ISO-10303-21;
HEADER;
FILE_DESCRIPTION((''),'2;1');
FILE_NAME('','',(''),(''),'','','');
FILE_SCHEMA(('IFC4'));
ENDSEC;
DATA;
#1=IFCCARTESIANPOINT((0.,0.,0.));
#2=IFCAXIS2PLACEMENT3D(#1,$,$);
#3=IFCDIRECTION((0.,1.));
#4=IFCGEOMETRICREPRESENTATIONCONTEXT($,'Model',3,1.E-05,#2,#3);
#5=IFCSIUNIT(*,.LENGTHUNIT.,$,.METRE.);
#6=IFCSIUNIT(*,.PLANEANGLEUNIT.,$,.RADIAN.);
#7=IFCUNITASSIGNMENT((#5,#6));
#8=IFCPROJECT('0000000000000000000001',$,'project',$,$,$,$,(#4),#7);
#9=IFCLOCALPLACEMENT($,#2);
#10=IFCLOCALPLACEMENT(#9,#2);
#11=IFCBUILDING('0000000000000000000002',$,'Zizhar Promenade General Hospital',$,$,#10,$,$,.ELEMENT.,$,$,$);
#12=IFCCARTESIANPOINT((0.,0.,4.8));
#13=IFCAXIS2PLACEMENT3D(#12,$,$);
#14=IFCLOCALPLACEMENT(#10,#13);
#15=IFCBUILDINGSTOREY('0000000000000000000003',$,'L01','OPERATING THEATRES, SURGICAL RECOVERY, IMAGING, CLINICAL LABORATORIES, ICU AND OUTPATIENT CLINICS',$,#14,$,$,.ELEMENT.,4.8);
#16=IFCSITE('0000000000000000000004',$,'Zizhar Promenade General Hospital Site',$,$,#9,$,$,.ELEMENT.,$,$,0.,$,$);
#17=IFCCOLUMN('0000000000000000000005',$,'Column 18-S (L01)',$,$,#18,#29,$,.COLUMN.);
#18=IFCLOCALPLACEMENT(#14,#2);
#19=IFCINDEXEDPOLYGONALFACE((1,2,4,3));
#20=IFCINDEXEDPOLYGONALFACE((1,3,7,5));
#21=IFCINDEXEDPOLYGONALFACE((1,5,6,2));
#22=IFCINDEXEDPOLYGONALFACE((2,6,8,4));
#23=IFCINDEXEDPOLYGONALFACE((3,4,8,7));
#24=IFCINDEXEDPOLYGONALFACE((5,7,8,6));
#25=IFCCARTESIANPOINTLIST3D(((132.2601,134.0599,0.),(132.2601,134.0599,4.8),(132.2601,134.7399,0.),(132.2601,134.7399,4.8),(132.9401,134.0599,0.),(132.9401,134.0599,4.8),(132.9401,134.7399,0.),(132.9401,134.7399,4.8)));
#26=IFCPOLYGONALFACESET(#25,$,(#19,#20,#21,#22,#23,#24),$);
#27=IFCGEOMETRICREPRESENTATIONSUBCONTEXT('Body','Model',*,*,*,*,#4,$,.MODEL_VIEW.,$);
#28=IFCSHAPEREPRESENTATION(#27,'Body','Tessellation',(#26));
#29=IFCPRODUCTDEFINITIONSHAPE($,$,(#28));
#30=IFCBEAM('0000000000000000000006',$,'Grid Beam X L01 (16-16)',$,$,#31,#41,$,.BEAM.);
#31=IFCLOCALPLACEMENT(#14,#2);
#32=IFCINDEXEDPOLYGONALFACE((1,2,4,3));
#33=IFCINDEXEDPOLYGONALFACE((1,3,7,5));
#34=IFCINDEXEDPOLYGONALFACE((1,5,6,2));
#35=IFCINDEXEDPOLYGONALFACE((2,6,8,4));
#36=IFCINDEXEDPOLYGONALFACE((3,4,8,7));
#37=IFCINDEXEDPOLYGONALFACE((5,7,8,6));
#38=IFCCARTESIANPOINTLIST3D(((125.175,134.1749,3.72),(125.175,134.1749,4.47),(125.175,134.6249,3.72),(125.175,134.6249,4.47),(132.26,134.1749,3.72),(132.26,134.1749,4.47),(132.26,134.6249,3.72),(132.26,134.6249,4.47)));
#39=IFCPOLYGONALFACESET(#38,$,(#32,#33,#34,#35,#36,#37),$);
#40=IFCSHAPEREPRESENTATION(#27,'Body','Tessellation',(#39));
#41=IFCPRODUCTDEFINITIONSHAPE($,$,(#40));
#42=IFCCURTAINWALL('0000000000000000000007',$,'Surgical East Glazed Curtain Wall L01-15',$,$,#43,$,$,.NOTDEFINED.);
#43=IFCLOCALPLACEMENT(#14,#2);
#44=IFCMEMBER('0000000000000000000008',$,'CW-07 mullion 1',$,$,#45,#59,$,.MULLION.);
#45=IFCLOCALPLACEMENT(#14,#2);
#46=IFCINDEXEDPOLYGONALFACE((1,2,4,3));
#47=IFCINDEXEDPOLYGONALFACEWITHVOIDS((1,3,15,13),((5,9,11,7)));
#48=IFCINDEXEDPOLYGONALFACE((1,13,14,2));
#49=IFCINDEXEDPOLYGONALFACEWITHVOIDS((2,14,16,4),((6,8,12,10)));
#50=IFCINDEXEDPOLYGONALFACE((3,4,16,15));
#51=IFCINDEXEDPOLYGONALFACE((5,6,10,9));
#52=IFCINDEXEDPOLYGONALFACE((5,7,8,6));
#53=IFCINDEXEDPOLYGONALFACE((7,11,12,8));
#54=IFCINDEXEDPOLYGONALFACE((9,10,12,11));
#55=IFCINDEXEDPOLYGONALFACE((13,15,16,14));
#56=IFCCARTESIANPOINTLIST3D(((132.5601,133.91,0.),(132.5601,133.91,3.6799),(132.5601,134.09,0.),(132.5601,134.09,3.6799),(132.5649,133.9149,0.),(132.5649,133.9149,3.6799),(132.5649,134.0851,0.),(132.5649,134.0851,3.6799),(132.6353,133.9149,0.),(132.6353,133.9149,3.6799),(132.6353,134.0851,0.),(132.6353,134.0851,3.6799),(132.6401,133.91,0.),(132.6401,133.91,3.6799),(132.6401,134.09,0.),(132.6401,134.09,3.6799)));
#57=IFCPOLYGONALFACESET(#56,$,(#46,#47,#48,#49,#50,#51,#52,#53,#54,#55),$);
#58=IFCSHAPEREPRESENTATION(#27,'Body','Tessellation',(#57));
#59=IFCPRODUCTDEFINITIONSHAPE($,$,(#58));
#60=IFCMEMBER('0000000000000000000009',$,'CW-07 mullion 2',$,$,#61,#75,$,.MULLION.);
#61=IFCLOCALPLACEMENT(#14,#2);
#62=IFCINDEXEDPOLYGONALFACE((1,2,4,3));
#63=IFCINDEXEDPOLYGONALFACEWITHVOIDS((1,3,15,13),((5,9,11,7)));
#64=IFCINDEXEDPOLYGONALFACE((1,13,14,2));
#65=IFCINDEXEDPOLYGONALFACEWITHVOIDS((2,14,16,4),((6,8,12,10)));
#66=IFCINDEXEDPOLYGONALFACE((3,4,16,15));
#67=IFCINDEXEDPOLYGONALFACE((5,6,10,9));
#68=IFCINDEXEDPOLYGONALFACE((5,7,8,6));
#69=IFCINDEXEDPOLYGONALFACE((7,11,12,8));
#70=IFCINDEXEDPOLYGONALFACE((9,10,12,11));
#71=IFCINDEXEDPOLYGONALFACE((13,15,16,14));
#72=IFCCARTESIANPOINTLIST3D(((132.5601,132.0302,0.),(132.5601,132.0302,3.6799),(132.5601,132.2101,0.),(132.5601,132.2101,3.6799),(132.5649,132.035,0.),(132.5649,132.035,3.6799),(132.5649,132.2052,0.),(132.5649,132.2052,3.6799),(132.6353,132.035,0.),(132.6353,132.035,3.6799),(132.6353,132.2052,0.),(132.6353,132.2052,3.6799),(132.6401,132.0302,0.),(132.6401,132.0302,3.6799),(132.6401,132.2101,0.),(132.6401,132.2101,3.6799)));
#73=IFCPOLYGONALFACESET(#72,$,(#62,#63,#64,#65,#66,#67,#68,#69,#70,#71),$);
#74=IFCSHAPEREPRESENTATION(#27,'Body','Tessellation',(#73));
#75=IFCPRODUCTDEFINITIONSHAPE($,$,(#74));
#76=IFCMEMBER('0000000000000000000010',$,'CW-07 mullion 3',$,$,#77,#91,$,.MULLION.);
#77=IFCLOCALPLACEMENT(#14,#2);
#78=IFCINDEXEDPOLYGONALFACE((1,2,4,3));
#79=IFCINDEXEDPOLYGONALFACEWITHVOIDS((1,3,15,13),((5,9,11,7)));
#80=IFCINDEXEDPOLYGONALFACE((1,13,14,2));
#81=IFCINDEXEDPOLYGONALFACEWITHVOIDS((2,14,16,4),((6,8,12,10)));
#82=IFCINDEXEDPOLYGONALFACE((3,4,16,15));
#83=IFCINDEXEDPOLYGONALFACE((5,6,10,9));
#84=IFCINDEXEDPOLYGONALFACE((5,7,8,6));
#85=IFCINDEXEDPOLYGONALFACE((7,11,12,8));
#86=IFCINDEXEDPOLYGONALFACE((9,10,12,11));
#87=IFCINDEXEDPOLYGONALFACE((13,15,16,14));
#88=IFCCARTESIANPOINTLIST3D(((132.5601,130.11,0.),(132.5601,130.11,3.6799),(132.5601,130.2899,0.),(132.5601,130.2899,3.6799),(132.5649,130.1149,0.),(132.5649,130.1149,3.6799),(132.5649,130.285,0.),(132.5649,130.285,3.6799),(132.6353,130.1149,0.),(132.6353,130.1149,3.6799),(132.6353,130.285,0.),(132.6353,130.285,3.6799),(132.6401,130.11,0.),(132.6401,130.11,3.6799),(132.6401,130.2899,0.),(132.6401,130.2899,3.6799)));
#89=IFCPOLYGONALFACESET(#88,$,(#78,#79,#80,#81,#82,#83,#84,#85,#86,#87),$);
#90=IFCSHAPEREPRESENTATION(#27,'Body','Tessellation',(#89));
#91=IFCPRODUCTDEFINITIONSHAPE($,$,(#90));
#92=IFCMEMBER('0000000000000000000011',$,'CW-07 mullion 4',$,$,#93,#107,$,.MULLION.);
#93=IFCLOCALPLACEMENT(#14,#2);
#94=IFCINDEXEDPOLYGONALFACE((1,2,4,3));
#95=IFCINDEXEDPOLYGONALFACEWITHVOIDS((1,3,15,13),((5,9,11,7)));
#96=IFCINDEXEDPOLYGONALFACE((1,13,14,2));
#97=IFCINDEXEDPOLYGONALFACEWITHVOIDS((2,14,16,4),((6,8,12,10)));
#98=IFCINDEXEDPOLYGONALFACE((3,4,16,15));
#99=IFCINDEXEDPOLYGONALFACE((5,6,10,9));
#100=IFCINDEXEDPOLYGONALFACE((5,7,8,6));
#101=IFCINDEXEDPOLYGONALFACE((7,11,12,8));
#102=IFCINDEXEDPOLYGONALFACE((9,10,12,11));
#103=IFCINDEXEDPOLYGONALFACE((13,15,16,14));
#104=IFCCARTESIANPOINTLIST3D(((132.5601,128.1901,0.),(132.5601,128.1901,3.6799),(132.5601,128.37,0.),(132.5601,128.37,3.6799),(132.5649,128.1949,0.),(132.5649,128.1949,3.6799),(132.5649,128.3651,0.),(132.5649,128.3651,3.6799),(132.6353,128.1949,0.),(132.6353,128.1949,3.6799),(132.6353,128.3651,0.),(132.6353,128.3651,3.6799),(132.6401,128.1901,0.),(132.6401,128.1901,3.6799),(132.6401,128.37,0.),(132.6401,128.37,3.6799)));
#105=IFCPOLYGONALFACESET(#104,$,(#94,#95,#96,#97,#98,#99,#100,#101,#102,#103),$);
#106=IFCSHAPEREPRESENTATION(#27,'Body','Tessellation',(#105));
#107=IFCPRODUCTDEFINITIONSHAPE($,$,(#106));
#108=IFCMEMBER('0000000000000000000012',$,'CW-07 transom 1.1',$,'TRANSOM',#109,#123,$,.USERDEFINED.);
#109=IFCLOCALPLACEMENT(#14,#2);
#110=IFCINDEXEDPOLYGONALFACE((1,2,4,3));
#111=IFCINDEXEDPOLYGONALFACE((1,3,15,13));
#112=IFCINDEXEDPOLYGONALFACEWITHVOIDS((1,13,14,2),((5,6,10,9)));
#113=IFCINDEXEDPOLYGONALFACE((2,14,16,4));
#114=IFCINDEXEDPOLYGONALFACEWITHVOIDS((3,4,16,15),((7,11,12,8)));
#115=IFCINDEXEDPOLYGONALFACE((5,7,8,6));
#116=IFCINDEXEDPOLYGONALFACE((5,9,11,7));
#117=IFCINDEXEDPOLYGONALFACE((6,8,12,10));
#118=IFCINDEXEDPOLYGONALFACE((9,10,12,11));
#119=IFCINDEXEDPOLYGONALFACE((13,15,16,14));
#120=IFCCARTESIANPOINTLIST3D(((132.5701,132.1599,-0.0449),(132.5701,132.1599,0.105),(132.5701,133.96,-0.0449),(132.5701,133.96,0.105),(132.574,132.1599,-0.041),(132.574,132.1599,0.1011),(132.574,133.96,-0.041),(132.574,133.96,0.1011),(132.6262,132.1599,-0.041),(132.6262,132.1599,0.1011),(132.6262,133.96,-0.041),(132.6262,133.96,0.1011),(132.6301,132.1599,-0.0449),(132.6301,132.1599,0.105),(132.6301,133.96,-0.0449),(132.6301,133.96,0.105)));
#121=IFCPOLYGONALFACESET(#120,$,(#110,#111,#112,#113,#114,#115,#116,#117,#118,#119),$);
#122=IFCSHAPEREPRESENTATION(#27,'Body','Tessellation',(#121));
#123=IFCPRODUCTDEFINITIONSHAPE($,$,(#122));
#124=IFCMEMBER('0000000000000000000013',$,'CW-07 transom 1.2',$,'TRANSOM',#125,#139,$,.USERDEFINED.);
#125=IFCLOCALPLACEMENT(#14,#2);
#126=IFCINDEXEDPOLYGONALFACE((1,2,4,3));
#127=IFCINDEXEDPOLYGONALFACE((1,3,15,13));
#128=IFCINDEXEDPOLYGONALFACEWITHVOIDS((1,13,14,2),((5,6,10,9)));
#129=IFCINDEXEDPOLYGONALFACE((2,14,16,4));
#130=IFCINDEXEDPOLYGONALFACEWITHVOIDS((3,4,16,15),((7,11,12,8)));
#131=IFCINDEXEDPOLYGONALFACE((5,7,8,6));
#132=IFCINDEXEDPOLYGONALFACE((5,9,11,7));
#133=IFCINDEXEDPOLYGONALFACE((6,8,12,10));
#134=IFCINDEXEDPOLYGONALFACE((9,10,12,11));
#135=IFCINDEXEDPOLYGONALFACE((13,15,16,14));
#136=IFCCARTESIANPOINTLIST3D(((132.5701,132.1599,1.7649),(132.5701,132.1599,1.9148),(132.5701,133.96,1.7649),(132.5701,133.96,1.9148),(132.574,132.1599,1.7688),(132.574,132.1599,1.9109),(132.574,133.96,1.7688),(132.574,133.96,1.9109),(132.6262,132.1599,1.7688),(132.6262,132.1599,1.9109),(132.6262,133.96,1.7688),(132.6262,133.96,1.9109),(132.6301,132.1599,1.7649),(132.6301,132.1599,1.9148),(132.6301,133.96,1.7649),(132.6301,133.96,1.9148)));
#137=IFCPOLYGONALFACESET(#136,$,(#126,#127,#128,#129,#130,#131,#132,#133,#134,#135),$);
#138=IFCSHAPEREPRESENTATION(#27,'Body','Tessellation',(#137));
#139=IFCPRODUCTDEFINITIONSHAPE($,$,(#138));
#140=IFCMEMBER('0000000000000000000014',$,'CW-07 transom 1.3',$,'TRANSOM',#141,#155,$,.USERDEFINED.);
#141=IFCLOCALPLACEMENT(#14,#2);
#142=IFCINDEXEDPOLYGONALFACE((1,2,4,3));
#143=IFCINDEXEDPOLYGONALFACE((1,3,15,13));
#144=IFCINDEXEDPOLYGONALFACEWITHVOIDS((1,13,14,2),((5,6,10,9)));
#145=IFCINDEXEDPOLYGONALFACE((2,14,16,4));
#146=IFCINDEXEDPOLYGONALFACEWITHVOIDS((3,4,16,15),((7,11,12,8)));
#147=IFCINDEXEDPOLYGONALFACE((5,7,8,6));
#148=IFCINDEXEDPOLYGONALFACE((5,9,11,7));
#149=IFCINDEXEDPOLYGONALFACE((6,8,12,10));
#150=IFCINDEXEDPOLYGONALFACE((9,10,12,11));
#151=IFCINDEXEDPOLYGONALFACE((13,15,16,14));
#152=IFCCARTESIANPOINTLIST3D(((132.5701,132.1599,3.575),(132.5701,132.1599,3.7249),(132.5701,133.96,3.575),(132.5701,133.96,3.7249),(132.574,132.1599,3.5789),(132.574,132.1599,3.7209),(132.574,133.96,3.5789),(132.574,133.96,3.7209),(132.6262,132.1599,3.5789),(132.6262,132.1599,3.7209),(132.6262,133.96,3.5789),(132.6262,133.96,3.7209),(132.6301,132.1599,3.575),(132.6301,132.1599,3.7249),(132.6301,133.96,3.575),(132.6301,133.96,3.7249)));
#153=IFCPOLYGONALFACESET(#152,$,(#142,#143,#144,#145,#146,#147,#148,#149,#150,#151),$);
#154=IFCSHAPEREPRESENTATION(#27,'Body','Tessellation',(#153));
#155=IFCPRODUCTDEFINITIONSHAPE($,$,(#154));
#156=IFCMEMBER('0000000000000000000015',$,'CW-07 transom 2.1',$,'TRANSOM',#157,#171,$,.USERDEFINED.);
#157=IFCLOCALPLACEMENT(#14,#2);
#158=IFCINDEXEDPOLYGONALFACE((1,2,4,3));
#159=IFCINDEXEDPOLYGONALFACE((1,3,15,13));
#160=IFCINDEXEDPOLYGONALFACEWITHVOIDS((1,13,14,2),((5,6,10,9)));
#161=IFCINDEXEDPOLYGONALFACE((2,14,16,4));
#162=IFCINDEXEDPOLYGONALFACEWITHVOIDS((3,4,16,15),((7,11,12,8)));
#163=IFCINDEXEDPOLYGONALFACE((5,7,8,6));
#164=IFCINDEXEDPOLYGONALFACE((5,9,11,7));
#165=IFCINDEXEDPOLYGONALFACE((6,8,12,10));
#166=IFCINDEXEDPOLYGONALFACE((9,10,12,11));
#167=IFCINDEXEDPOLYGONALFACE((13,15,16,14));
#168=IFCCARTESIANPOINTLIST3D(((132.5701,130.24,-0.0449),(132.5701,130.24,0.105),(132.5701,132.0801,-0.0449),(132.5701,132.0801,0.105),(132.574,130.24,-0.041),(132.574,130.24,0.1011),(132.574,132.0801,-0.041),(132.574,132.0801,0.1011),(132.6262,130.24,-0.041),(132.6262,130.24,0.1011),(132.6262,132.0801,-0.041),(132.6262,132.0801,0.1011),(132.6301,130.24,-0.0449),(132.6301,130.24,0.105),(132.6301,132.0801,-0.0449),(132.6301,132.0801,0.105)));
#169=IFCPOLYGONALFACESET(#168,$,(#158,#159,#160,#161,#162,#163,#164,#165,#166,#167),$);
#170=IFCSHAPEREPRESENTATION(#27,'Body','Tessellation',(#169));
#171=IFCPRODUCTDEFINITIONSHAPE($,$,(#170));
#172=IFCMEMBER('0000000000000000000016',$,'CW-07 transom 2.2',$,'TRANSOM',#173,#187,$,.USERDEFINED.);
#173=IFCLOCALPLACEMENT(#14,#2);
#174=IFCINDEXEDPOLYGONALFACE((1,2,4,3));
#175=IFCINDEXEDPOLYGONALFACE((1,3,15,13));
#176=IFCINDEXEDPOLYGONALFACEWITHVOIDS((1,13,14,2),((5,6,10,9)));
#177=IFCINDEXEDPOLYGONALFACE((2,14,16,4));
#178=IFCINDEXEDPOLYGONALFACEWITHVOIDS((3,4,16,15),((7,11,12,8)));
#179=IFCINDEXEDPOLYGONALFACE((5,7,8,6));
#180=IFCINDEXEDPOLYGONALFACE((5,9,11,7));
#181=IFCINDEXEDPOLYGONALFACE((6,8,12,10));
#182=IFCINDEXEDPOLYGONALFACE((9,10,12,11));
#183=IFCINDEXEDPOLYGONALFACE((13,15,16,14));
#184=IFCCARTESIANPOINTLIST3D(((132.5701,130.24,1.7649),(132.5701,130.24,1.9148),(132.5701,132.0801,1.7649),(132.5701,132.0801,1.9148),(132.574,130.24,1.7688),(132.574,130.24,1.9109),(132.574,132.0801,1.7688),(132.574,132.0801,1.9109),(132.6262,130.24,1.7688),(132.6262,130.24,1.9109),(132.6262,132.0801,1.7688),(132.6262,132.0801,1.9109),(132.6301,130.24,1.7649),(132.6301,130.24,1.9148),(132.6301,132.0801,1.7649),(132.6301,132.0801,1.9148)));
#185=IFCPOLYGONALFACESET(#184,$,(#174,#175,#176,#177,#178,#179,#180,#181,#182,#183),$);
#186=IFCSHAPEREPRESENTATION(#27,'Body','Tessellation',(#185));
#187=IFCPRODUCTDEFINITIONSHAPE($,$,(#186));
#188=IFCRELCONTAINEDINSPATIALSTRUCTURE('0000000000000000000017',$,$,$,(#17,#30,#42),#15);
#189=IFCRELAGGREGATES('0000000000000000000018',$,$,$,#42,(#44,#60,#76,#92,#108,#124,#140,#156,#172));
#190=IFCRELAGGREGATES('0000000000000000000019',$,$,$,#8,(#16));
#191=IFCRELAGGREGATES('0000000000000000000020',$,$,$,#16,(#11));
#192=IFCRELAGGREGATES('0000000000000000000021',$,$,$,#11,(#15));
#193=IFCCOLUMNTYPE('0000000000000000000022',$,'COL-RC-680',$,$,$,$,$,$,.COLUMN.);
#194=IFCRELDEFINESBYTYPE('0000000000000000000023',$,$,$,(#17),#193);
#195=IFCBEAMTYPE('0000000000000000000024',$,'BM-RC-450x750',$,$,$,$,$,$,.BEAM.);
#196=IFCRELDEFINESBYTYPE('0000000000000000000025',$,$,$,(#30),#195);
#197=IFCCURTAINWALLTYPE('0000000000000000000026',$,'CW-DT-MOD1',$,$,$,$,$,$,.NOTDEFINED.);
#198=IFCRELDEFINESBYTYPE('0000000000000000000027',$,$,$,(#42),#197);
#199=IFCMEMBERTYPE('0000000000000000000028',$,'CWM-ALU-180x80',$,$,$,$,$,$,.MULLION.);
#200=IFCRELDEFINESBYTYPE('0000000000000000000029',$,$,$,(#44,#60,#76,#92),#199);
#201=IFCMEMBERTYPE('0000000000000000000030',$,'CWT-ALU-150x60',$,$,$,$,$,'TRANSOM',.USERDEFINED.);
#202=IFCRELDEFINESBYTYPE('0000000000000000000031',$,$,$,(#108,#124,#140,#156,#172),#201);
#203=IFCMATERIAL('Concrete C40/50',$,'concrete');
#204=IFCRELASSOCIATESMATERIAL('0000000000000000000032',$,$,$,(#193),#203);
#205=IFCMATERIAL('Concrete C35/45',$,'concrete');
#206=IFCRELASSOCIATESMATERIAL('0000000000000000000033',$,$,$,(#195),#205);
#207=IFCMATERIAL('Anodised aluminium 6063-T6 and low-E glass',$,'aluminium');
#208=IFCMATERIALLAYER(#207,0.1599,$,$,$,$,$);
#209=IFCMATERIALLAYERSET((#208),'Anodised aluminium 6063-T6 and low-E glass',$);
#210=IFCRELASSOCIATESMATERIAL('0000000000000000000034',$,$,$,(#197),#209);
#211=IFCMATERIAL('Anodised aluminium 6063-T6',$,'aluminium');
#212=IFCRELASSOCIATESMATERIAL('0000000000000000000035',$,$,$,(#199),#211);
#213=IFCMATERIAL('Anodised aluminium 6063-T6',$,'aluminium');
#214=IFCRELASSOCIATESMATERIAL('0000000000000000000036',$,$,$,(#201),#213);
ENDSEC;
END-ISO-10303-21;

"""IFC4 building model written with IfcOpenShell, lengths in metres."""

from ifc_helpers import new_model, si_unit, direction, frame, origin, origin_2d, place, context, subcontext, project, spatial, rectangle, hollow_rectangle, extrude, material, layer, layer_set, material_profile, profile_set, type_object, element, aggregate, save


model = new_model("IFC4")

# Units and contexts
model_context = context("Model", 3, precision=1e-05, world=origin(), true_north=direction((0.0, 1.0)))
body_context = subcontext(model_context, "Body", "Model", "MODEL_VIEW")
ifc_project = project(units=[si_unit("LENGTHUNIT", "METRE"), si_unit("PLANEANGLEUNIT", "RADIAN")], contexts=[model_context])

# Site, building, storey
site_placement = place(None, origin())
site = spatial("IfcSite", under=ifc_project, at=site_placement, Name="Zizhar Promenade General Hospital Site", CompositionType="ELEMENT", RefElevation=0.0)
building_placement = place(site_placement, origin())
building = spatial("IfcBuilding", under=site, at=building_placement, Name="Zizhar Promenade General Hospital", CompositionType="ELEMENT")
storey_placement = place(building_placement, frame((0.0, 0.0, 4.8)))
storey = spatial("IfcBuildingStorey", under=building, at=storey_placement, Name="L01", Description="OPERATING THEATRES, SURGICAL RECOVERY, IMAGING, CLINICAL LABORATORIES, ICU AND OUTPATIENT CLINICS", CompositionType="ELEMENT", Elevation=4.8)

# Column
ifc_material_1 = material(Name="Concrete C40/50", Category="concrete")
ifc_material_profile_1 = material_profile(ifc_material_1, rectangle(XDim=0.6799, YDim=0.6799, at=origin_2d()))
ifc_profile_set_1 = profile_set([ifc_material_profile_1], Name="Concrete C40/50")
column_type = type_object("IfcColumnType", Name="COL-RC-680", PredefinedType="COLUMN", material=ifc_profile_set_1)
column_placement = place(storey_placement, frame((132.6001, 134.3999, 0.0), z_axis=(0.0, 0.0, 1.0), x_axis=(1.0, 0.0, 0.0)))
element("IfcColumn", 1, at=column_placement, inside=storey, type_object=column_type, Name="Column 18-S (L01)", PredefinedType="COLUMN", context=body_context, shape_type="SweptSolid", body=[
    extrude(rectangle(XDim=0.6799, YDim=0.6799, at=origin_2d()), origin(), (0.0, 0.0, 1.0), 4.8),
])

# Beam
ifc_material_2 = material(Name="Concrete C35/45", Category="concrete")
ifc_material_profile_2 = material_profile(ifc_material_2, rectangle(XDim=0.45, YDim=0.75, at=origin_2d()))
ifc_profile_set_2 = profile_set([ifc_material_profile_2], Name="Concrete C35/45")
beam_type = type_object("IfcBeamType", Name="BM-RC-450x750", PredefinedType="BEAM", material=ifc_profile_set_2)
beam_placement = place(storey_placement, frame((125.175, 134.3999, 4.095), z_axis=(1.0, 0.0, 0.0), x_axis=(0.0, 1.0, 0.0)))
element("IfcBeam", 2, at=beam_placement, inside=storey, type_object=beam_type, Name="Grid Beam X L01 (16-16)", PredefinedType="BEAM", context=body_context, shape_type="SweptSolid", body=[
    extrude(rectangle(XDim=0.45, YDim=0.75, at=origin_2d()), origin(), (0.0, 0.0, 1.0), 7.085),
])

# Curtain wall, members
ifc_material_3 = material(Name="Anodised aluminium 6063-T6 and low-E glass", Category="aluminium")
ifc_layer_1 = layer(ifc_material_3, 0.1599)
ifc_layer_set_1 = layer_set([ifc_layer_1], Name="Anodised aluminium 6063-T6 and low-E glass")
curtain_wall_type = type_object("IfcCurtainWallType", Name="CW-DT-MOD1", PredefinedType="NOTDEFINED", material=ifc_layer_set_1)
curtain_wall_placement = place(storey_placement, origin())
curtain_wall = element("IfcCurtainWall", 3, at=curtain_wall_placement, inside=storey, type_object=curtain_wall_type, Name="Surgical East Glazed Curtain Wall L01-15", PredefinedType="NOTDEFINED")
ifc_material_4 = material(Name="Anodised aluminium 6063-T6", Category="aluminium")
ifc_material_profile_3 = material_profile(ifc_material_4, hollow_rectangle(XDim=0.0801, YDim=0.1799, WallThickness=0.0049, at=origin_2d()))
ifc_profile_set_3 = profile_set([ifc_material_profile_3], Name="Anodised aluminium 6063-T6")
member_type_1 = type_object("IfcMemberType", Name="CWM-ALU-180x80", PredefinedType="MULLION", material=ifc_profile_set_3)
member_1_placement = place(storey_placement, frame((132.6001, 134.0, 0.0), z_axis=(0.0, 0.0, 1.0), x_axis=(1.0, 0.0, 0.0)))
member_1 = element("IfcMember", 4, at=member_1_placement, type_object=member_type_1, Name="CW-07 mullion 1", PredefinedType="MULLION", context=body_context, shape_type="SweptSolid", body=[
    extrude(hollow_rectangle(XDim=0.0801, YDim=0.1799, WallThickness=0.0049, at=origin_2d()), origin(), (0.0, 0.0, 1.0), 3.6799),
])
member_2_placement = place(storey_placement, frame((132.6001, 132.1201, 0.0), z_axis=(0.0, 0.0, 1.0), x_axis=(1.0, 0.0, 0.0)))
member_2 = element("IfcMember", 5, at=member_2_placement, type_object=member_type_1, Name="CW-07 mullion 2", PredefinedType="MULLION", context=body_context, shape_type="SweptSolid", body=[
    extrude(hollow_rectangle(XDim=0.0801, YDim=0.1799, WallThickness=0.0049, at=origin_2d()), origin(), (0.0, 0.0, 1.0), 3.6799),
])
member_3_placement = place(storey_placement, frame((132.6001, 130.2, 0.0), z_axis=(0.0, 0.0, 1.0), x_axis=(1.0, 0.0, 0.0)))
member_3 = element("IfcMember", 6, at=member_3_placement, type_object=member_type_1, Name="CW-07 mullion 3", PredefinedType="MULLION", context=body_context, shape_type="SweptSolid", body=[
    extrude(hollow_rectangle(XDim=0.0801, YDim=0.1799, WallThickness=0.0049, at=origin_2d()), origin(), (0.0, 0.0, 1.0), 3.6799),
])
member_4_placement = place(storey_placement, frame((132.6001, 128.28, 0.0), z_axis=(0.0, 0.0, 1.0), x_axis=(1.0, 0.0, 0.0)))
member_4 = element("IfcMember", 7, at=member_4_placement, type_object=member_type_1, Name="CW-07 mullion 4", PredefinedType="MULLION", context=body_context, shape_type="SweptSolid", body=[
    extrude(hollow_rectangle(XDim=0.0801, YDim=0.1799, WallThickness=0.0049, at=origin_2d()), origin(), (0.0, 0.0, 1.0), 3.6799),
])
ifc_material_5 = material(Name="Anodised aluminium 6063-T6", Category="aluminium")
ifc_material_profile_4 = material_profile(ifc_material_5, hollow_rectangle(XDim=0.0601, YDim=0.1499, WallThickness=0.0039, at=origin_2d()))
ifc_profile_set_4 = profile_set([ifc_material_profile_4], Name="Anodised aluminium 6063-T6")
member_type_2 = type_object("IfcMemberType", Name="CWT-ALU-150x60", ElementType="TRANSOM", PredefinedType="USERDEFINED", material=ifc_profile_set_4)
member_5_placement = place(storey_placement, frame((132.6001, 133.96, 0.03), z_axis=(0.0, -1.0, 0.0), x_axis=(1.0, 0.0, 0.0)))
member_5 = element("IfcMember", 8, at=member_5_placement, type_object=member_type_2, Name="CW-07 transom 1.1", ObjectType="TRANSOM", PredefinedType="USERDEFINED", context=body_context, shape_type="SweptSolid", body=[
    extrude(hollow_rectangle(XDim=0.0601, YDim=0.1499, WallThickness=0.0039, at=origin_2d()), origin(), (0.0, 0.0, 1.0), 1.8),
])
member_6_placement = place(storey_placement, frame((132.6001, 133.96, 1.8398), z_axis=(0.0, -1.0, 0.0), x_axis=(1.0, 0.0, 0.0)))
member_6 = element("IfcMember", 9, at=member_6_placement, type_object=member_type_2, Name="CW-07 transom 1.2", ObjectType="TRANSOM", PredefinedType="USERDEFINED", context=body_context, shape_type="SweptSolid", body=[
    extrude(hollow_rectangle(XDim=0.0601, YDim=0.1499, WallThickness=0.0039, at=origin_2d()), origin(), (0.0, 0.0, 1.0), 1.8),
])
member_7_placement = place(storey_placement, frame((132.6001, 133.96, 3.6499), z_axis=(0.0, -1.0, 0.0), x_axis=(1.0, 0.0, 0.0)))
member_7 = element("IfcMember", 10, at=member_7_placement, type_object=member_type_2, Name="CW-07 transom 1.3", ObjectType="TRANSOM", PredefinedType="USERDEFINED", context=body_context, shape_type="SweptSolid", body=[
    extrude(hollow_rectangle(XDim=0.0601, YDim=0.1499, WallThickness=0.0039, at=origin_2d()), origin(), (0.0, 0.0, 1.0), 1.8),
])
member_8_placement = place(storey_placement, frame((132.6001, 132.0801, 0.03), z_axis=(0.0, -1.0, 0.0), x_axis=(1.0, 0.0, 0.0)))
member_8 = element("IfcMember", 11, at=member_8_placement, type_object=member_type_2, Name="CW-07 transom 2.1", ObjectType="TRANSOM", PredefinedType="USERDEFINED", context=body_context, shape_type="SweptSolid", body=[
    extrude(hollow_rectangle(XDim=0.0601, YDim=0.1499, WallThickness=0.0039, at=origin_2d()), origin(), (0.0, 0.0, 1.0), 1.8401),
])
member_9_placement = place(storey_placement, frame((132.6001, 132.0801, 1.8398), z_axis=(0.0, -1.0, 0.0), x_axis=(1.0, 0.0, 0.0)))
member_9 = element("IfcMember", 12, at=member_9_placement, type_object=member_type_2, Name="CW-07 transom 2.2", ObjectType="TRANSOM", PredefinedType="USERDEFINED", context=body_context, shape_type="SweptSolid", body=[
    extrude(hollow_rectangle(XDim=0.0601, YDim=0.1499, WallThickness=0.0039, at=origin_2d()), origin(), (0.0, 0.0, 1.0), 1.8401),
])
aggregate(curtain_wall, [member_1, member_2, member_3, member_4, member_5, member_6, member_7, member_8, member_9])

save(model, "model.ifc")
